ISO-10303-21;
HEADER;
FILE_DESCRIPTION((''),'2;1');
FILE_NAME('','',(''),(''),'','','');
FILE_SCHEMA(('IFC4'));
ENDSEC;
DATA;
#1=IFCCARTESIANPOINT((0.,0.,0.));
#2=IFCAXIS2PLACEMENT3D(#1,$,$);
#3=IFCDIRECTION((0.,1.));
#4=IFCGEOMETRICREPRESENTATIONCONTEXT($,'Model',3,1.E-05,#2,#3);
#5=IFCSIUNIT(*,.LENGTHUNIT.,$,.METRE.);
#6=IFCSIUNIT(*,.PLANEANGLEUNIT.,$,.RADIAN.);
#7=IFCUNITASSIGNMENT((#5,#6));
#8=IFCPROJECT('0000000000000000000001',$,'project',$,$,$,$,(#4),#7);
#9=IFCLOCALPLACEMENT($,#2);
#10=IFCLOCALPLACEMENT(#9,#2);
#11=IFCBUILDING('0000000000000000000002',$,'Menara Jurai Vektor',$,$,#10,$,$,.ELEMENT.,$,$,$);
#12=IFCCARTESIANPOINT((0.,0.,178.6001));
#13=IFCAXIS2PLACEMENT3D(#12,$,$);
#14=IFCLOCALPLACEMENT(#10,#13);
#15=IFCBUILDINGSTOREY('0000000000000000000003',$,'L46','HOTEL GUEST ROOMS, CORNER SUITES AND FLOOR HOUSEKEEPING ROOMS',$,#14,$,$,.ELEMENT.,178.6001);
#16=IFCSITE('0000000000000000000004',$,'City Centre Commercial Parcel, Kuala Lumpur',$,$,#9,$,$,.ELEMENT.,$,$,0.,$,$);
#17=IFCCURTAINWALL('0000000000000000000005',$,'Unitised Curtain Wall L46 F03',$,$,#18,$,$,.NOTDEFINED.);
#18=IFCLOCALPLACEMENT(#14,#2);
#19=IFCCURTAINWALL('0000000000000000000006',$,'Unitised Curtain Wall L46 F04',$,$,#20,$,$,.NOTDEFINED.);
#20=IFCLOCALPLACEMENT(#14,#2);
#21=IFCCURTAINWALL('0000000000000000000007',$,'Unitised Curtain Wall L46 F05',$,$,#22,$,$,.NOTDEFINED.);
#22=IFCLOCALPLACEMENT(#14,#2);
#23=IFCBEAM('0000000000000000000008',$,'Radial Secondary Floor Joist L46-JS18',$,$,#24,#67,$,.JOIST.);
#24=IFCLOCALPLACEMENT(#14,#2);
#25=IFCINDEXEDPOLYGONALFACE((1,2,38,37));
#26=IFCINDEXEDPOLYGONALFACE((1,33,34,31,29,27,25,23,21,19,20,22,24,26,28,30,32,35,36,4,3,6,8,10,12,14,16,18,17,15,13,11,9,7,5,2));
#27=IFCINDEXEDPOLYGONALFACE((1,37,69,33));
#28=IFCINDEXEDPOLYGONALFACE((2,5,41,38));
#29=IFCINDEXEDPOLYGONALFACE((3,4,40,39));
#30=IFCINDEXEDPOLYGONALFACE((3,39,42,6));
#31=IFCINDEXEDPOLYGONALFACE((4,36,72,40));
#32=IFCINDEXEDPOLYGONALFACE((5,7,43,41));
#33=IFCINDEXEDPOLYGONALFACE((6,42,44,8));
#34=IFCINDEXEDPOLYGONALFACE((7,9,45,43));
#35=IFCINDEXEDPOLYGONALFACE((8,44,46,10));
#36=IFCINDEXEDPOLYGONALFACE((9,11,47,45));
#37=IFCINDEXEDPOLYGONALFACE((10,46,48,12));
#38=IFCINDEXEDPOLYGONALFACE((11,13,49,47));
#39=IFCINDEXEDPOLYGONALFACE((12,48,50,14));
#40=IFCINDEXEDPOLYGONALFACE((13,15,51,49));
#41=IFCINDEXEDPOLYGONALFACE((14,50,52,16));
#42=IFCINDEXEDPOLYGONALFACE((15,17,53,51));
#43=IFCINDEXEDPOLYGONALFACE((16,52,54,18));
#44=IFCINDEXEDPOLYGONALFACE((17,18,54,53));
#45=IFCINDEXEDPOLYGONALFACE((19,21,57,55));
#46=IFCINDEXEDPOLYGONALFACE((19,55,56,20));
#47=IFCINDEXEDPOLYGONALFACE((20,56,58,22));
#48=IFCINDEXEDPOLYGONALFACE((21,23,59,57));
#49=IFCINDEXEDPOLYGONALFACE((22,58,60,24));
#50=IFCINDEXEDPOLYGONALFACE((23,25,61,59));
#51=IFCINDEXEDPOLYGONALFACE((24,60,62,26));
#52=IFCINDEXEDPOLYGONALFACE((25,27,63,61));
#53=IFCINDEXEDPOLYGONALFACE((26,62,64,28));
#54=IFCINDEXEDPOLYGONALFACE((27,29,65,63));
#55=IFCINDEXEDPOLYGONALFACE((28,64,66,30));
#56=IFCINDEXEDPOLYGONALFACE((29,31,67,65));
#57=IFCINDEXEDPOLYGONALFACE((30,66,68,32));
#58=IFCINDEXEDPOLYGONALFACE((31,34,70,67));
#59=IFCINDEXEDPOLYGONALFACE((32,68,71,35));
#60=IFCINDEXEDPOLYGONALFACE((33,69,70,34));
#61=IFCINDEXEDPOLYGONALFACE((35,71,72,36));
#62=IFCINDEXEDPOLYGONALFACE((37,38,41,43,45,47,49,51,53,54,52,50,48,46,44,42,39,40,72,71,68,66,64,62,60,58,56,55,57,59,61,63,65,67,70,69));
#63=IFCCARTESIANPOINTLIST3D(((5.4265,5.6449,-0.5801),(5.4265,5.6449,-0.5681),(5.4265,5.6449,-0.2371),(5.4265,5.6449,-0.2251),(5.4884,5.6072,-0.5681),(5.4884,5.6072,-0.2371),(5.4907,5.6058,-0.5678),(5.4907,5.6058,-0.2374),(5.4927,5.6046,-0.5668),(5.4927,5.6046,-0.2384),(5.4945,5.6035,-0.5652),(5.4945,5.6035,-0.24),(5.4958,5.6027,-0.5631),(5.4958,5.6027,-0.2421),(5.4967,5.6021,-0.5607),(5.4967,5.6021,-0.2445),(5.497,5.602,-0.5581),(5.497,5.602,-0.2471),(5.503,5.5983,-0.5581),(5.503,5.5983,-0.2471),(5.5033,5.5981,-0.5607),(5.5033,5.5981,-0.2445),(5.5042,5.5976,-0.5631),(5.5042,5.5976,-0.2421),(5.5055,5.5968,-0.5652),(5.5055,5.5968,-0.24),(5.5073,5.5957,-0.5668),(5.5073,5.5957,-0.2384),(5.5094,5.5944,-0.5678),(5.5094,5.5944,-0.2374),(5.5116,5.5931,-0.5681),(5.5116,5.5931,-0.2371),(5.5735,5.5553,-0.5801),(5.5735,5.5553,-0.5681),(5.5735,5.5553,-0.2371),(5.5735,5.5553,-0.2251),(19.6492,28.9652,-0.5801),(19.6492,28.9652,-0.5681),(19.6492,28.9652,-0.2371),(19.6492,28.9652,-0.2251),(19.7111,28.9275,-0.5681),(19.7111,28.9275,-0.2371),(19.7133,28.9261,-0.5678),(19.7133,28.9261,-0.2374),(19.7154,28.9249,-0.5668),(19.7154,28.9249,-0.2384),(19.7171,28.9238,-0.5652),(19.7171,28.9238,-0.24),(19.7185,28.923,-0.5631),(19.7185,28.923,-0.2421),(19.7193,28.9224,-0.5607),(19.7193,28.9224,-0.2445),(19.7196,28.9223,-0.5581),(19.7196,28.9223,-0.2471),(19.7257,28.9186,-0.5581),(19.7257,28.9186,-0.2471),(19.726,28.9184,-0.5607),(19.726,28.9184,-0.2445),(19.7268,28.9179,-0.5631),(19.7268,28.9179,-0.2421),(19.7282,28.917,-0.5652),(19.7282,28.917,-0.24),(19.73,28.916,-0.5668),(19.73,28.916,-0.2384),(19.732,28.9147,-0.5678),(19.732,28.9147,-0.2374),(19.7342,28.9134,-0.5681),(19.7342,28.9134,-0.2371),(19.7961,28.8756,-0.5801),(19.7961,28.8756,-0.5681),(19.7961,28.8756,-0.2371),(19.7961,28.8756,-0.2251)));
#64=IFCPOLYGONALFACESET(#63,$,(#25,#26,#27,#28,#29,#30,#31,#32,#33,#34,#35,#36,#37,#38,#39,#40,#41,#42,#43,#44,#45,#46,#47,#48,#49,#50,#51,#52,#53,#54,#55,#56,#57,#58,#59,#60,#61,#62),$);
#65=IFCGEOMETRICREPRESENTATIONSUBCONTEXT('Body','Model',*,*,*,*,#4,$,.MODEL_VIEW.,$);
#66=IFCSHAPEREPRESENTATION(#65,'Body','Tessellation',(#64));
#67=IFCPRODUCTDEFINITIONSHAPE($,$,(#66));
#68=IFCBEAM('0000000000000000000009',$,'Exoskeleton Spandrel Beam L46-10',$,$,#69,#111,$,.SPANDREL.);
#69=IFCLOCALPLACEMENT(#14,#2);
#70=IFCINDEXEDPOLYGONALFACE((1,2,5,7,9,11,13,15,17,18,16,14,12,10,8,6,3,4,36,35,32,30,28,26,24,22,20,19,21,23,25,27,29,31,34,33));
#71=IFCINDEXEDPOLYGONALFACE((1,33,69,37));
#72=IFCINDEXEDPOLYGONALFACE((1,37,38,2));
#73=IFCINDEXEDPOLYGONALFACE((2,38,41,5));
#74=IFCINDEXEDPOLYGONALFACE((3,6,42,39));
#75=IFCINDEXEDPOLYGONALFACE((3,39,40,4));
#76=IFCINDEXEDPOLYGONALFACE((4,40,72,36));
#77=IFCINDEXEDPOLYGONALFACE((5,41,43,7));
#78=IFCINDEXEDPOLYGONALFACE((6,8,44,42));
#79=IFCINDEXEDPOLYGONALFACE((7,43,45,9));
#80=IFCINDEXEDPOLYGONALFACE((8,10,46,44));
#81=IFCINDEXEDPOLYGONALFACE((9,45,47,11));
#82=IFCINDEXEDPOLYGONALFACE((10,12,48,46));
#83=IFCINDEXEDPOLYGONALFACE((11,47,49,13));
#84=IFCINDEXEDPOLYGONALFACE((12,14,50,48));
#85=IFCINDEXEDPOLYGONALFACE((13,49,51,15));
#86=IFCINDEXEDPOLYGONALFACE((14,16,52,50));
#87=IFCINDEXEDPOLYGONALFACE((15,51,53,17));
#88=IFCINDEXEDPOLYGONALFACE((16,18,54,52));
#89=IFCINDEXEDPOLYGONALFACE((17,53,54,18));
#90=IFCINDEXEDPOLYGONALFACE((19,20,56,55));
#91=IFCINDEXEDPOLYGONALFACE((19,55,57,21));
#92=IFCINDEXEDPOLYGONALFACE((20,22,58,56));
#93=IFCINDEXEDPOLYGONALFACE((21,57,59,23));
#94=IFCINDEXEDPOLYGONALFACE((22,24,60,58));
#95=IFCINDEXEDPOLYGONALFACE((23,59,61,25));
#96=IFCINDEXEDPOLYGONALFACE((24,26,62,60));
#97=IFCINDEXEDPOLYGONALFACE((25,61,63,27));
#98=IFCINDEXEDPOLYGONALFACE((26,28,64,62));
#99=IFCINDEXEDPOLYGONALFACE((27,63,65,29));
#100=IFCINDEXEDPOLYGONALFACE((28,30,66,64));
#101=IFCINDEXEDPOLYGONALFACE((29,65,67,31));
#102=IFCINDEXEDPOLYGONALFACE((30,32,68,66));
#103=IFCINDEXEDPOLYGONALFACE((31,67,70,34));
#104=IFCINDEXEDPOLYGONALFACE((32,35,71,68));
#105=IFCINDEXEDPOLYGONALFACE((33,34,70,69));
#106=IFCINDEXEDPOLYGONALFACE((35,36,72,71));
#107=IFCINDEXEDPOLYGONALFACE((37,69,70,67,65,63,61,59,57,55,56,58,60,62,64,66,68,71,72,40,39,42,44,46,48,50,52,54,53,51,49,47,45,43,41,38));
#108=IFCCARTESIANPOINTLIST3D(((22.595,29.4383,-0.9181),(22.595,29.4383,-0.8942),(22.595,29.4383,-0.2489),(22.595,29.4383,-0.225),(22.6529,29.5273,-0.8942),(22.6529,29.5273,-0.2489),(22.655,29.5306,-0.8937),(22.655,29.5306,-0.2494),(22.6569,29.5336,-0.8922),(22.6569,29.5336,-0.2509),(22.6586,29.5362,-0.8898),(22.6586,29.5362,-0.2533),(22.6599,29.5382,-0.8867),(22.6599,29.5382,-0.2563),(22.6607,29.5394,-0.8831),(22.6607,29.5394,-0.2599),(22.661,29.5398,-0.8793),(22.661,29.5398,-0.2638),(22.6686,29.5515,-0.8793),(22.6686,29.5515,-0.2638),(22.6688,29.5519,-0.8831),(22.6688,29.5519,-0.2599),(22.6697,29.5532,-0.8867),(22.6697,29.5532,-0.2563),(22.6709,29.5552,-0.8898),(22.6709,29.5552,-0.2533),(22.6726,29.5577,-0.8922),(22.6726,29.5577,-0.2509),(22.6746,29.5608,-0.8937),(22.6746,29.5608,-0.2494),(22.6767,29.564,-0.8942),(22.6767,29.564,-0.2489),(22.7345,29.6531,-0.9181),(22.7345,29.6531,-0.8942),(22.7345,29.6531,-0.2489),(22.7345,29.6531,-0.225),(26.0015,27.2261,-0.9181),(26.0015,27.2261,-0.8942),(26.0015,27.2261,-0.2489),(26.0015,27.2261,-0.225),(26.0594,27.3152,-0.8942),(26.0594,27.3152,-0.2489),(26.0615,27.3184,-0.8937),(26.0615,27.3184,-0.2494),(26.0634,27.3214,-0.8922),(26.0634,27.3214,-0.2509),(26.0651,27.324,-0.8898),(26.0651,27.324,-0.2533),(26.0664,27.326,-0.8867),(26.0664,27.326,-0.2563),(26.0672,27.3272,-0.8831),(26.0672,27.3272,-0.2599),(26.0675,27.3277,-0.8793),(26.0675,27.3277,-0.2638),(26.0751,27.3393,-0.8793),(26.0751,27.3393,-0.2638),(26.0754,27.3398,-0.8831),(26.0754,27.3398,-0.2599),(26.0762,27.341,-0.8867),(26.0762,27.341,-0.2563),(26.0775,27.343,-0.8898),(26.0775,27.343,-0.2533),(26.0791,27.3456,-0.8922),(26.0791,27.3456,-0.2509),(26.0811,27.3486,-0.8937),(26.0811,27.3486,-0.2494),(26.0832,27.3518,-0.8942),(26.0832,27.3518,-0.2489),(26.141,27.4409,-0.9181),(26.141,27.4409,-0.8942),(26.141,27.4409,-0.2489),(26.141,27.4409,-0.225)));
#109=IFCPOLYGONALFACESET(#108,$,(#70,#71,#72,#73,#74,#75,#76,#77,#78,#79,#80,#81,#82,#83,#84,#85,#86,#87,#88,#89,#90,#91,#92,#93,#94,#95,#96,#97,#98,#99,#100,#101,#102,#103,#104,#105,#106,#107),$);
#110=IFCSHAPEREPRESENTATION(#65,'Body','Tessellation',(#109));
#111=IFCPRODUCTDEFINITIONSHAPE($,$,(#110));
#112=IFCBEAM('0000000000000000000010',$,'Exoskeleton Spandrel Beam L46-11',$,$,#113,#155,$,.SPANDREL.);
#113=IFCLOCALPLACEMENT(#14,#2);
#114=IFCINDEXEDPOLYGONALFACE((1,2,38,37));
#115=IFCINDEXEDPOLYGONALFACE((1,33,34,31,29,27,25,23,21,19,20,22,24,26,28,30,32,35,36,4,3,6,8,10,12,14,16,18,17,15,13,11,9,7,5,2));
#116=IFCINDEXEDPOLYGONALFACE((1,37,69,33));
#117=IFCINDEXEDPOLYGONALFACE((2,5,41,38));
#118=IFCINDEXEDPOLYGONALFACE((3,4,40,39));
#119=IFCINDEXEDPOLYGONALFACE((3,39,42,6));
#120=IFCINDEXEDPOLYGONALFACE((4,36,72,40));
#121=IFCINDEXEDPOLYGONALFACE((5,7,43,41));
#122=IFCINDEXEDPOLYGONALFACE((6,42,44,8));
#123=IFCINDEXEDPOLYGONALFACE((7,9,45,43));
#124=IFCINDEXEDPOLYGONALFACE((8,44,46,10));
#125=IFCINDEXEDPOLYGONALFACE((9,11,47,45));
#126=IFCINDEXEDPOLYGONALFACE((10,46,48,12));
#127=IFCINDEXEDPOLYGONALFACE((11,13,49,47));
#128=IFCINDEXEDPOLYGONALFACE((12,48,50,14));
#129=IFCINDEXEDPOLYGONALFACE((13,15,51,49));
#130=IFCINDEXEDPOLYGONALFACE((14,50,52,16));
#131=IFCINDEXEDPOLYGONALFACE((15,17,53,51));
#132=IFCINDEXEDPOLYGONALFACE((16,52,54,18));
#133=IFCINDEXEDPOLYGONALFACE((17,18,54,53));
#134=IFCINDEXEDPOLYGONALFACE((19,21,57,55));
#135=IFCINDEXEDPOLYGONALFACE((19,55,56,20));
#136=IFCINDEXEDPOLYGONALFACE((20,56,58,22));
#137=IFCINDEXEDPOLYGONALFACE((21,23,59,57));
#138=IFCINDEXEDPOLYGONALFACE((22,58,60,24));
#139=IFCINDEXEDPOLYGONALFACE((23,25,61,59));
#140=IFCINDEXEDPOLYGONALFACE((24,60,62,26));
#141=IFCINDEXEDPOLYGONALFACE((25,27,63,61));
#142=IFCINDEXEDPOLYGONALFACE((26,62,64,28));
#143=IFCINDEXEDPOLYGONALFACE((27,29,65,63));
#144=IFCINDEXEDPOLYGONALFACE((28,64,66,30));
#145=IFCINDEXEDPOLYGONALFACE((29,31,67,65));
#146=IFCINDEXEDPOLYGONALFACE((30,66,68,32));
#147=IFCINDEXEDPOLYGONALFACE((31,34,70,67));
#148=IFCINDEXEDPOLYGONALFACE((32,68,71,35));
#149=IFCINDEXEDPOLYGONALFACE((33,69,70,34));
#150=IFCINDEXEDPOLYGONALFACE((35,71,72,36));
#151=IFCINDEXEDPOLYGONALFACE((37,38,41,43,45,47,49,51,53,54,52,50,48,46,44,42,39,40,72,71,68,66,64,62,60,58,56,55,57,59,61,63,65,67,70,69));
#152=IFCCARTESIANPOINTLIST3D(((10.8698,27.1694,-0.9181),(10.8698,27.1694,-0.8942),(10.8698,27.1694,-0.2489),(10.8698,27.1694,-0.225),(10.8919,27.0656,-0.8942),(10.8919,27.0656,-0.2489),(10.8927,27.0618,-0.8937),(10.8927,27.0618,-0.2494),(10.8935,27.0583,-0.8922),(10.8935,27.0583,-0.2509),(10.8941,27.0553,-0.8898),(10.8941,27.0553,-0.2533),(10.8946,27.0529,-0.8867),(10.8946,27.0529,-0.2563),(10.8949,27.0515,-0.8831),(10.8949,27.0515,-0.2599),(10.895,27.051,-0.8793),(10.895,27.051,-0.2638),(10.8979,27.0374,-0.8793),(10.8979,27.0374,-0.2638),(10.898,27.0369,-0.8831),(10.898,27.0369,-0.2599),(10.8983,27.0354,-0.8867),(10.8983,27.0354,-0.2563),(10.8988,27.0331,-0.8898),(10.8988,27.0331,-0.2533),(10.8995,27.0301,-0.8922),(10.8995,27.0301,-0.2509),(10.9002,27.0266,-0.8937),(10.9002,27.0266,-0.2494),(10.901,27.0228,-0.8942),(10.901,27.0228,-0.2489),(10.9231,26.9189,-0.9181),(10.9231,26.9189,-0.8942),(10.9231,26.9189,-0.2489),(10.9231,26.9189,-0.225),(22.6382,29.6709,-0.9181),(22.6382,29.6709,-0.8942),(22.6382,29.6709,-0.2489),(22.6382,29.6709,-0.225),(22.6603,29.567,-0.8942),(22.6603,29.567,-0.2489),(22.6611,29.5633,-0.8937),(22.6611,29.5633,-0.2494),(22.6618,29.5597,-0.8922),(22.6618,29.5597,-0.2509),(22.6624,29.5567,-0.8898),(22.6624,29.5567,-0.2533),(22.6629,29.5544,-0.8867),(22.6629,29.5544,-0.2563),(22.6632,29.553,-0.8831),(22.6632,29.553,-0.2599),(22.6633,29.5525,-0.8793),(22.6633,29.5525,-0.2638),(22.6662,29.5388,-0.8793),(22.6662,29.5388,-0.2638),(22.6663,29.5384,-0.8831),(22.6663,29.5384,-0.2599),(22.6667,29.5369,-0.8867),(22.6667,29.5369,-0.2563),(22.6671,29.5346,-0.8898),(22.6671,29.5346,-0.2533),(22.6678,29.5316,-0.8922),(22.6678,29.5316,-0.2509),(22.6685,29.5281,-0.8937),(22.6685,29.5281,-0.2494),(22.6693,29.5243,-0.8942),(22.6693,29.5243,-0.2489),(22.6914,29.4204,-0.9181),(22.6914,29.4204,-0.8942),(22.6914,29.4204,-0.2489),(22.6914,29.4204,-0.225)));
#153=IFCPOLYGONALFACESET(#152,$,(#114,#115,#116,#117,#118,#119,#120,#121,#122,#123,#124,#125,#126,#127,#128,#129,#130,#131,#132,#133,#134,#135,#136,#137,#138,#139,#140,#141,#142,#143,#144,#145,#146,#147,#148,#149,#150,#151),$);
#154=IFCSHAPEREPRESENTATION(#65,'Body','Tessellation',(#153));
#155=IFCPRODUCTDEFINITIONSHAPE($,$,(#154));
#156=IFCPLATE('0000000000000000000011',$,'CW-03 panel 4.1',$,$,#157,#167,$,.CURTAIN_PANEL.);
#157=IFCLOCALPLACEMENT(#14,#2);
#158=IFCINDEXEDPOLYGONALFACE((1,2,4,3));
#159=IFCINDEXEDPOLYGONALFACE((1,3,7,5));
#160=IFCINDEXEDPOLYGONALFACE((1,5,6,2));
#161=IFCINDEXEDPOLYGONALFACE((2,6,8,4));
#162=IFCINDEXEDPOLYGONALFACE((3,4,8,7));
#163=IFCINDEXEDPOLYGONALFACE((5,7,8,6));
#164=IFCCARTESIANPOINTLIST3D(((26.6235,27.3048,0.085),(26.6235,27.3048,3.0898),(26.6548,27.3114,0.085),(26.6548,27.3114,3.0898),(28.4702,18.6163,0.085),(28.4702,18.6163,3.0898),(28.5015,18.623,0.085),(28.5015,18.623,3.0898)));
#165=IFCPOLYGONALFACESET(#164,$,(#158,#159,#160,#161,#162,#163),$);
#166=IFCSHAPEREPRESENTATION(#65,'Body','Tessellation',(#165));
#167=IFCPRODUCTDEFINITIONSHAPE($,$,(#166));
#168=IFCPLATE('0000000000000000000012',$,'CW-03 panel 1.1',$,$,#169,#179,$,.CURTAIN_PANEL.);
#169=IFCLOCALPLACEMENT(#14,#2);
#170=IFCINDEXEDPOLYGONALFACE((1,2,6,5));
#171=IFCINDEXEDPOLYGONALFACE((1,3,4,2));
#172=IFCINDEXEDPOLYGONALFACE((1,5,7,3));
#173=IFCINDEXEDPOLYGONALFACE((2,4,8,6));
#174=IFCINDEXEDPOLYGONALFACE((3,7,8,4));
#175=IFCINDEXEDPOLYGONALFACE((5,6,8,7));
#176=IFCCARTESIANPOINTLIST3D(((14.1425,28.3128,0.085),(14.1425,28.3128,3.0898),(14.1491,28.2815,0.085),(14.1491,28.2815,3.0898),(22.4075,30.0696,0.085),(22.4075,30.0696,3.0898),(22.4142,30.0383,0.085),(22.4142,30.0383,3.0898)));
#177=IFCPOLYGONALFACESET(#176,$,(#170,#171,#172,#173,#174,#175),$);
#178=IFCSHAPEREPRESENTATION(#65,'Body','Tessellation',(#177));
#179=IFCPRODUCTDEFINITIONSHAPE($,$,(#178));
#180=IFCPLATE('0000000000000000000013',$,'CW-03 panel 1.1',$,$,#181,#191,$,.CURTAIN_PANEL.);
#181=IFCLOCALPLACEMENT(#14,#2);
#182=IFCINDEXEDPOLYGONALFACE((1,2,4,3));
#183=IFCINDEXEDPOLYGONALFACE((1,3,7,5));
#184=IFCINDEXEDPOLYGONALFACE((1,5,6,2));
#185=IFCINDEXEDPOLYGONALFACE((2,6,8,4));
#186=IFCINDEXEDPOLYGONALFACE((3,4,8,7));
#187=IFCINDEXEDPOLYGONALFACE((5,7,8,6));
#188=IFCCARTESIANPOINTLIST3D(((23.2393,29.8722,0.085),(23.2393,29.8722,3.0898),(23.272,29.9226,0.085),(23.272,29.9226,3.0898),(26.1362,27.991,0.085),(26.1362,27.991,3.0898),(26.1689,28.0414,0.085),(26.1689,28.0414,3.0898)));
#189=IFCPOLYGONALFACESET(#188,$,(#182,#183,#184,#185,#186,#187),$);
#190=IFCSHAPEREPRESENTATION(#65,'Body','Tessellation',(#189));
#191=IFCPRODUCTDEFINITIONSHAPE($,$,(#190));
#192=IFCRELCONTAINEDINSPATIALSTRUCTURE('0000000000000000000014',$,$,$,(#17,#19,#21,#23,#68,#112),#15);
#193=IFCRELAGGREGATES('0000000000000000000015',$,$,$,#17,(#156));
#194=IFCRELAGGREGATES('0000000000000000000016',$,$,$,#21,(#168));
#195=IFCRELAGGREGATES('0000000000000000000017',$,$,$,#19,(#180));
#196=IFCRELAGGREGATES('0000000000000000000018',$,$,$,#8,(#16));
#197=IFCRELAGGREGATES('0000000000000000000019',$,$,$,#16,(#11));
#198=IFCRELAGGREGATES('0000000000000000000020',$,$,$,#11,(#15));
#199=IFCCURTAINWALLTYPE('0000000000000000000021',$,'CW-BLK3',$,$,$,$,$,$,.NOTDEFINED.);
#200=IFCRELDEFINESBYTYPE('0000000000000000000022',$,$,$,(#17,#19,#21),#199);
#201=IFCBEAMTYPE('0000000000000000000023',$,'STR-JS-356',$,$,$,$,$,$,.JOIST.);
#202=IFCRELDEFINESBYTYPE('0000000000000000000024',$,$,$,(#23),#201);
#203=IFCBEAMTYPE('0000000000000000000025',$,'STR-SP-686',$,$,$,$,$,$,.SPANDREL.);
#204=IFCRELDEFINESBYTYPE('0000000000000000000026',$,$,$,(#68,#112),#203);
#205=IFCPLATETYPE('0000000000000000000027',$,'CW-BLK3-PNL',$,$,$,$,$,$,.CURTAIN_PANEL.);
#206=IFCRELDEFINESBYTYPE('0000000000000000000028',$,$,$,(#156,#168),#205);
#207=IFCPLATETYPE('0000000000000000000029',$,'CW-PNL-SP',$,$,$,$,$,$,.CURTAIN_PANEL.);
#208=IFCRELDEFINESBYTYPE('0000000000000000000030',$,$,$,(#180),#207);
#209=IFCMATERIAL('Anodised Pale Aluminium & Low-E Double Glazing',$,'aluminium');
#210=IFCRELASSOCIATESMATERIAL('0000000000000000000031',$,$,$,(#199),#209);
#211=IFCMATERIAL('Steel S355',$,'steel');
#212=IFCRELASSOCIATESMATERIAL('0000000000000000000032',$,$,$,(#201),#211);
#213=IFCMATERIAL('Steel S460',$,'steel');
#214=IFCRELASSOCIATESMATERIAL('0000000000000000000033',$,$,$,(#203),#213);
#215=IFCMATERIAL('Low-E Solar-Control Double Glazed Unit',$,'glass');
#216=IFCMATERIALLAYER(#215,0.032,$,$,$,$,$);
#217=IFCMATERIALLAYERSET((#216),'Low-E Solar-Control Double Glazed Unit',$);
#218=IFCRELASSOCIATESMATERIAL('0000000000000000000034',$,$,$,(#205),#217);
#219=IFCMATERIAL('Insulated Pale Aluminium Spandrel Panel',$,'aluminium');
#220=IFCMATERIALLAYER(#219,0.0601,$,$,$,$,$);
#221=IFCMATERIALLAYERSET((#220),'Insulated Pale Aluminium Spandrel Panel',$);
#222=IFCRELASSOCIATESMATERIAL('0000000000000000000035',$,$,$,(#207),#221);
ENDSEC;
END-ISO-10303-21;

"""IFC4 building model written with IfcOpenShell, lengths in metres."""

from ifc_helpers import new_model, si_unit, direction, frame, origin, origin_2d, place, context, subcontext, project, spatial, rectangle, i_section, extrude, material, layer, layer_set, material_profile, profile_set, type_object, element, aggregate, save


model = new_model("IFC4")

# Units and contexts
model_context = context("Model", 3, precision=1e-05, world=origin(), true_north=direction((0.0, 1.0)))
body_context = subcontext(model_context, "Body", "Model", "MODEL_VIEW")
ifc_project = project(units=[si_unit("LENGTHUNIT", "METRE"), si_unit("PLANEANGLEUNIT", "RADIAN")], contexts=[model_context])

# Site, building, storey
site_placement = place(None, origin())
site = spatial("IfcSite", under=ifc_project, at=site_placement, Name="City Centre Commercial Parcel, Kuala Lumpur", CompositionType="ELEMENT", RefElevation=0.0)
building_placement = place(site_placement, origin())
building = spatial("IfcBuilding", under=site, at=building_placement, Name="Menara Jurai Vektor", CompositionType="ELEMENT")
storey_placement = place(building_placement, frame((0.0, 0.0, 178.6001)))
storey = spatial("IfcBuildingStorey", under=building, at=storey_placement, Name="L46", Description="HOTEL GUEST ROOMS, CORNER SUITES AND FLOOR HOUSEKEEPING ROOMS", CompositionType="ELEMENT", Elevation=178.6001)

# Shared definitions
ifc_material_1 = material(Name="Steel S460", Category="steel")

# Curtain walls
ifc_material_2 = material(Name="Anodised Pale Aluminium & Low-E Double Glazing", Category="aluminium")
curtain_wall_type = type_object("IfcCurtainWallType", Name="CW-BLK3", PredefinedType="NOTDEFINED", material=ifc_material_2)
curtain_wall_1_placement = place(storey_placement, origin())
curtain_wall_1 = element("IfcCurtainWall", 1, at=curtain_wall_1_placement, inside=storey, type_object=curtain_wall_type, Name="Unitised Curtain Wall L46 F03", PredefinedType="NOTDEFINED")
curtain_wall_2_placement = place(storey_placement, origin())
curtain_wall_2 = element("IfcCurtainWall", 2, at=curtain_wall_2_placement, inside=storey, type_object=curtain_wall_type, Name="Unitised Curtain Wall L46 F04", PredefinedType="NOTDEFINED")

# Curtain wall
curtain_wall_3_placement = place(storey_placement, origin())
curtain_wall_3 = element("IfcCurtainWall", 3, at=curtain_wall_3_placement, inside=storey, type_object=curtain_wall_type, Name="Unitised Curtain Wall L46 F05", PredefinedType="NOTDEFINED")

# Shared definitions
ifc_material_3 = material(Name="Steel S355", Category="steel")

# Beams
ifc_material_profile_1 = material_profile(ifc_material_3, i_section(OverallWidth=0.1721, OverallDepth=0.355, WebThickness=0.0071, FlangeThickness=0.012, FilletRadius=0.01, at=origin_2d()), Name="UKB 356x171x51")
ifc_profile_set_1 = profile_set([ifc_material_profile_1], Name="Steel S355")
beam_type_1 = type_object("IfcBeamType", Name="STR-JS-356", PredefinedType="JOIST", material=ifc_profile_set_1)
beam_1_placement = place(storey_placement, frame((19.7227, 28.9204, -0.4026), z_axis=(-0.520686, -0.853748, 0.0), x_axis=(0.853748, -0.520686, 0.0)))
element("IfcBeam", 4, at=beam_1_placement, inside=storey, type_object=beam_type_1, Name="Radial Secondary Floor Joist L46-JS18", PredefinedType="JOIST", context=body_context, shape_type="SweptSolid", body=[
    extrude(i_section(OverallWidth=0.1721, OverallDepth=0.355, WebThickness=0.0071, FlangeThickness=0.012, FilletRadius=0.01, at=origin_2d()), origin(), (0.0, 0.0, 1.0), 27.3152),
])
ifc_material_profile_2 = material_profile(ifc_material_1, i_section(OverallWidth=0.2561, OverallDepth=0.6931, WebThickness=0.0139, FlangeThickness=0.0239, FilletRadius=0.0149, at=origin_2d()), Name="UKB 686x254x170")
ifc_profile_set_2 = profile_set([ifc_material_profile_2], Name="Steel S460")
beam_type_2 = type_object("IfcBeamType", Name="STR-SP-686", PredefinedType="SPANDREL", material=ifc_profile_set_2)
beam_2_placement = place(storey_placement, frame((26.0713, 27.3335, -0.5715), z_axis=(-0.838676, 0.544631, 0.0), x_axis=(-0.544631, -0.838676, 0.0)))
element("IfcBeam", 5, at=beam_2_placement, inside=storey, type_object=beam_type_2, Name="Exoskeleton Spandrel Beam L46-10", PredefinedType="SPANDREL", context=body_context, shape_type="SweptSolid", body=[
    extrude(i_section(OverallWidth=0.2561, OverallDepth=0.6931, WebThickness=0.0139, FlangeThickness=0.0239, FilletRadius=0.0149, at=origin_2d()), origin(), (0.0, 0.0, 1.0), 4.0618),
])
beam_3_placement = place(storey_placement, frame((22.6648, 29.5457, -0.5715), z_axis=(-0.978147, -0.207914, 0.0), x_axis=(0.207914, -0.978147, 0.0)))
element("IfcBeam", 6, at=beam_3_placement, inside=storey, type_object=beam_type_2, Name="Exoskeleton Spandrel Beam L46-11", PredefinedType="SPANDREL", context=body_context, shape_type="SweptSolid", body=[
    extrude(i_section(OverallWidth=0.2561, OverallDepth=0.6931, WebThickness=0.0139, FlangeThickness=0.0239, FilletRadius=0.0149, at=origin_2d()), origin(), (0.0, 0.0, 1.0), 12.0312),
])

# Plates
ifc_material_4 = material(Name="Low-E Solar-Control Double Glazed Unit", Category="glass")
ifc_layer_1 = layer(ifc_material_4, 0.032)
ifc_layer_set_1 = layer_set([ifc_layer_1], Name="Low-E Solar-Control Double Glazed Unit")
plate_type_1 = type_object("IfcPlateType", Name="CW-BLK3-PNL", PredefinedType="CURTAIN_PANEL", material=ifc_layer_set_1)
plate_1_placement = place(storey_placement, frame((27.5625, 22.9639, 0.085), z_axis=(0.0, 0.0, 1.0), x_axis=(-0.20791, 0.978148, 0.0)))
plate_1 = element("IfcPlate", 7, at=plate_1_placement, type_object=plate_type_1, Name="CW-03 panel 4.1", PredefinedType="CURTAIN_PANEL", context=body_context, shape_type="SweptSolid", body=[
    extrude(rectangle(XDim=8.8826, YDim=0.032, at=origin_2d()), origin(), (0.0, 0.0, 1.0), 3.0049),
])
aggregate(curtain_wall_1, [plate_1])
plate_2_placement = place(storey_placement, frame((18.2783, 29.1755, 0.085), z_axis=(0.0, 0.0, 1.0), x_axis=(-0.978148, -0.207911, 0.0)))
plate_2 = element("IfcPlate", 8, at=plate_2_placement, type_object=plate_type_1, Name="CW-03 panel 1.1", PredefinedType="CURTAIN_PANEL", context=body_context, shape_type="SweptSolid", body=[
    extrude(rectangle(XDim=8.4497, YDim=0.032, at=origin_2d()), origin(), (0.0, 0.0, 1.0), 3.0049),
])
aggregate(curtain_wall_3, [plate_2])
ifc_material_5 = material(Name="Insulated Pale Aluminium Spandrel Panel", Category="aluminium")
ifc_layer_2 = layer(ifc_material_5, 0.0601)
ifc_layer_set_2 = layer_set([ifc_layer_2], Name="Insulated Pale Aluminium Spandrel Panel")
plate_type_2 = type_object("IfcPlateType", Name="CW-PNL-SP", PredefinedType="CURTAIN_PANEL", material=ifc_layer_set_2)
plate_3_placement = place(storey_placement, frame((24.7041, 28.9568, 0.085), z_axis=(0.0, 0.0, 1.0), x_axis=(-0.838684, 0.544618, 0.0)))
plate_3 = element("IfcPlate", 9, at=plate_3_placement, type_object=plate_type_2, Name="CW-03 panel 1.1", PredefinedType="CURTAIN_PANEL", context=body_context, shape_type="SweptSolid", body=[
    extrude(rectangle(XDim=3.4541, YDim=0.0601, at=origin_2d()), origin(), (0.0, 0.0, 1.0), 3.0049),
])
aggregate(curtain_wall_2, [plate_3])

save(model, "model.ifc")
